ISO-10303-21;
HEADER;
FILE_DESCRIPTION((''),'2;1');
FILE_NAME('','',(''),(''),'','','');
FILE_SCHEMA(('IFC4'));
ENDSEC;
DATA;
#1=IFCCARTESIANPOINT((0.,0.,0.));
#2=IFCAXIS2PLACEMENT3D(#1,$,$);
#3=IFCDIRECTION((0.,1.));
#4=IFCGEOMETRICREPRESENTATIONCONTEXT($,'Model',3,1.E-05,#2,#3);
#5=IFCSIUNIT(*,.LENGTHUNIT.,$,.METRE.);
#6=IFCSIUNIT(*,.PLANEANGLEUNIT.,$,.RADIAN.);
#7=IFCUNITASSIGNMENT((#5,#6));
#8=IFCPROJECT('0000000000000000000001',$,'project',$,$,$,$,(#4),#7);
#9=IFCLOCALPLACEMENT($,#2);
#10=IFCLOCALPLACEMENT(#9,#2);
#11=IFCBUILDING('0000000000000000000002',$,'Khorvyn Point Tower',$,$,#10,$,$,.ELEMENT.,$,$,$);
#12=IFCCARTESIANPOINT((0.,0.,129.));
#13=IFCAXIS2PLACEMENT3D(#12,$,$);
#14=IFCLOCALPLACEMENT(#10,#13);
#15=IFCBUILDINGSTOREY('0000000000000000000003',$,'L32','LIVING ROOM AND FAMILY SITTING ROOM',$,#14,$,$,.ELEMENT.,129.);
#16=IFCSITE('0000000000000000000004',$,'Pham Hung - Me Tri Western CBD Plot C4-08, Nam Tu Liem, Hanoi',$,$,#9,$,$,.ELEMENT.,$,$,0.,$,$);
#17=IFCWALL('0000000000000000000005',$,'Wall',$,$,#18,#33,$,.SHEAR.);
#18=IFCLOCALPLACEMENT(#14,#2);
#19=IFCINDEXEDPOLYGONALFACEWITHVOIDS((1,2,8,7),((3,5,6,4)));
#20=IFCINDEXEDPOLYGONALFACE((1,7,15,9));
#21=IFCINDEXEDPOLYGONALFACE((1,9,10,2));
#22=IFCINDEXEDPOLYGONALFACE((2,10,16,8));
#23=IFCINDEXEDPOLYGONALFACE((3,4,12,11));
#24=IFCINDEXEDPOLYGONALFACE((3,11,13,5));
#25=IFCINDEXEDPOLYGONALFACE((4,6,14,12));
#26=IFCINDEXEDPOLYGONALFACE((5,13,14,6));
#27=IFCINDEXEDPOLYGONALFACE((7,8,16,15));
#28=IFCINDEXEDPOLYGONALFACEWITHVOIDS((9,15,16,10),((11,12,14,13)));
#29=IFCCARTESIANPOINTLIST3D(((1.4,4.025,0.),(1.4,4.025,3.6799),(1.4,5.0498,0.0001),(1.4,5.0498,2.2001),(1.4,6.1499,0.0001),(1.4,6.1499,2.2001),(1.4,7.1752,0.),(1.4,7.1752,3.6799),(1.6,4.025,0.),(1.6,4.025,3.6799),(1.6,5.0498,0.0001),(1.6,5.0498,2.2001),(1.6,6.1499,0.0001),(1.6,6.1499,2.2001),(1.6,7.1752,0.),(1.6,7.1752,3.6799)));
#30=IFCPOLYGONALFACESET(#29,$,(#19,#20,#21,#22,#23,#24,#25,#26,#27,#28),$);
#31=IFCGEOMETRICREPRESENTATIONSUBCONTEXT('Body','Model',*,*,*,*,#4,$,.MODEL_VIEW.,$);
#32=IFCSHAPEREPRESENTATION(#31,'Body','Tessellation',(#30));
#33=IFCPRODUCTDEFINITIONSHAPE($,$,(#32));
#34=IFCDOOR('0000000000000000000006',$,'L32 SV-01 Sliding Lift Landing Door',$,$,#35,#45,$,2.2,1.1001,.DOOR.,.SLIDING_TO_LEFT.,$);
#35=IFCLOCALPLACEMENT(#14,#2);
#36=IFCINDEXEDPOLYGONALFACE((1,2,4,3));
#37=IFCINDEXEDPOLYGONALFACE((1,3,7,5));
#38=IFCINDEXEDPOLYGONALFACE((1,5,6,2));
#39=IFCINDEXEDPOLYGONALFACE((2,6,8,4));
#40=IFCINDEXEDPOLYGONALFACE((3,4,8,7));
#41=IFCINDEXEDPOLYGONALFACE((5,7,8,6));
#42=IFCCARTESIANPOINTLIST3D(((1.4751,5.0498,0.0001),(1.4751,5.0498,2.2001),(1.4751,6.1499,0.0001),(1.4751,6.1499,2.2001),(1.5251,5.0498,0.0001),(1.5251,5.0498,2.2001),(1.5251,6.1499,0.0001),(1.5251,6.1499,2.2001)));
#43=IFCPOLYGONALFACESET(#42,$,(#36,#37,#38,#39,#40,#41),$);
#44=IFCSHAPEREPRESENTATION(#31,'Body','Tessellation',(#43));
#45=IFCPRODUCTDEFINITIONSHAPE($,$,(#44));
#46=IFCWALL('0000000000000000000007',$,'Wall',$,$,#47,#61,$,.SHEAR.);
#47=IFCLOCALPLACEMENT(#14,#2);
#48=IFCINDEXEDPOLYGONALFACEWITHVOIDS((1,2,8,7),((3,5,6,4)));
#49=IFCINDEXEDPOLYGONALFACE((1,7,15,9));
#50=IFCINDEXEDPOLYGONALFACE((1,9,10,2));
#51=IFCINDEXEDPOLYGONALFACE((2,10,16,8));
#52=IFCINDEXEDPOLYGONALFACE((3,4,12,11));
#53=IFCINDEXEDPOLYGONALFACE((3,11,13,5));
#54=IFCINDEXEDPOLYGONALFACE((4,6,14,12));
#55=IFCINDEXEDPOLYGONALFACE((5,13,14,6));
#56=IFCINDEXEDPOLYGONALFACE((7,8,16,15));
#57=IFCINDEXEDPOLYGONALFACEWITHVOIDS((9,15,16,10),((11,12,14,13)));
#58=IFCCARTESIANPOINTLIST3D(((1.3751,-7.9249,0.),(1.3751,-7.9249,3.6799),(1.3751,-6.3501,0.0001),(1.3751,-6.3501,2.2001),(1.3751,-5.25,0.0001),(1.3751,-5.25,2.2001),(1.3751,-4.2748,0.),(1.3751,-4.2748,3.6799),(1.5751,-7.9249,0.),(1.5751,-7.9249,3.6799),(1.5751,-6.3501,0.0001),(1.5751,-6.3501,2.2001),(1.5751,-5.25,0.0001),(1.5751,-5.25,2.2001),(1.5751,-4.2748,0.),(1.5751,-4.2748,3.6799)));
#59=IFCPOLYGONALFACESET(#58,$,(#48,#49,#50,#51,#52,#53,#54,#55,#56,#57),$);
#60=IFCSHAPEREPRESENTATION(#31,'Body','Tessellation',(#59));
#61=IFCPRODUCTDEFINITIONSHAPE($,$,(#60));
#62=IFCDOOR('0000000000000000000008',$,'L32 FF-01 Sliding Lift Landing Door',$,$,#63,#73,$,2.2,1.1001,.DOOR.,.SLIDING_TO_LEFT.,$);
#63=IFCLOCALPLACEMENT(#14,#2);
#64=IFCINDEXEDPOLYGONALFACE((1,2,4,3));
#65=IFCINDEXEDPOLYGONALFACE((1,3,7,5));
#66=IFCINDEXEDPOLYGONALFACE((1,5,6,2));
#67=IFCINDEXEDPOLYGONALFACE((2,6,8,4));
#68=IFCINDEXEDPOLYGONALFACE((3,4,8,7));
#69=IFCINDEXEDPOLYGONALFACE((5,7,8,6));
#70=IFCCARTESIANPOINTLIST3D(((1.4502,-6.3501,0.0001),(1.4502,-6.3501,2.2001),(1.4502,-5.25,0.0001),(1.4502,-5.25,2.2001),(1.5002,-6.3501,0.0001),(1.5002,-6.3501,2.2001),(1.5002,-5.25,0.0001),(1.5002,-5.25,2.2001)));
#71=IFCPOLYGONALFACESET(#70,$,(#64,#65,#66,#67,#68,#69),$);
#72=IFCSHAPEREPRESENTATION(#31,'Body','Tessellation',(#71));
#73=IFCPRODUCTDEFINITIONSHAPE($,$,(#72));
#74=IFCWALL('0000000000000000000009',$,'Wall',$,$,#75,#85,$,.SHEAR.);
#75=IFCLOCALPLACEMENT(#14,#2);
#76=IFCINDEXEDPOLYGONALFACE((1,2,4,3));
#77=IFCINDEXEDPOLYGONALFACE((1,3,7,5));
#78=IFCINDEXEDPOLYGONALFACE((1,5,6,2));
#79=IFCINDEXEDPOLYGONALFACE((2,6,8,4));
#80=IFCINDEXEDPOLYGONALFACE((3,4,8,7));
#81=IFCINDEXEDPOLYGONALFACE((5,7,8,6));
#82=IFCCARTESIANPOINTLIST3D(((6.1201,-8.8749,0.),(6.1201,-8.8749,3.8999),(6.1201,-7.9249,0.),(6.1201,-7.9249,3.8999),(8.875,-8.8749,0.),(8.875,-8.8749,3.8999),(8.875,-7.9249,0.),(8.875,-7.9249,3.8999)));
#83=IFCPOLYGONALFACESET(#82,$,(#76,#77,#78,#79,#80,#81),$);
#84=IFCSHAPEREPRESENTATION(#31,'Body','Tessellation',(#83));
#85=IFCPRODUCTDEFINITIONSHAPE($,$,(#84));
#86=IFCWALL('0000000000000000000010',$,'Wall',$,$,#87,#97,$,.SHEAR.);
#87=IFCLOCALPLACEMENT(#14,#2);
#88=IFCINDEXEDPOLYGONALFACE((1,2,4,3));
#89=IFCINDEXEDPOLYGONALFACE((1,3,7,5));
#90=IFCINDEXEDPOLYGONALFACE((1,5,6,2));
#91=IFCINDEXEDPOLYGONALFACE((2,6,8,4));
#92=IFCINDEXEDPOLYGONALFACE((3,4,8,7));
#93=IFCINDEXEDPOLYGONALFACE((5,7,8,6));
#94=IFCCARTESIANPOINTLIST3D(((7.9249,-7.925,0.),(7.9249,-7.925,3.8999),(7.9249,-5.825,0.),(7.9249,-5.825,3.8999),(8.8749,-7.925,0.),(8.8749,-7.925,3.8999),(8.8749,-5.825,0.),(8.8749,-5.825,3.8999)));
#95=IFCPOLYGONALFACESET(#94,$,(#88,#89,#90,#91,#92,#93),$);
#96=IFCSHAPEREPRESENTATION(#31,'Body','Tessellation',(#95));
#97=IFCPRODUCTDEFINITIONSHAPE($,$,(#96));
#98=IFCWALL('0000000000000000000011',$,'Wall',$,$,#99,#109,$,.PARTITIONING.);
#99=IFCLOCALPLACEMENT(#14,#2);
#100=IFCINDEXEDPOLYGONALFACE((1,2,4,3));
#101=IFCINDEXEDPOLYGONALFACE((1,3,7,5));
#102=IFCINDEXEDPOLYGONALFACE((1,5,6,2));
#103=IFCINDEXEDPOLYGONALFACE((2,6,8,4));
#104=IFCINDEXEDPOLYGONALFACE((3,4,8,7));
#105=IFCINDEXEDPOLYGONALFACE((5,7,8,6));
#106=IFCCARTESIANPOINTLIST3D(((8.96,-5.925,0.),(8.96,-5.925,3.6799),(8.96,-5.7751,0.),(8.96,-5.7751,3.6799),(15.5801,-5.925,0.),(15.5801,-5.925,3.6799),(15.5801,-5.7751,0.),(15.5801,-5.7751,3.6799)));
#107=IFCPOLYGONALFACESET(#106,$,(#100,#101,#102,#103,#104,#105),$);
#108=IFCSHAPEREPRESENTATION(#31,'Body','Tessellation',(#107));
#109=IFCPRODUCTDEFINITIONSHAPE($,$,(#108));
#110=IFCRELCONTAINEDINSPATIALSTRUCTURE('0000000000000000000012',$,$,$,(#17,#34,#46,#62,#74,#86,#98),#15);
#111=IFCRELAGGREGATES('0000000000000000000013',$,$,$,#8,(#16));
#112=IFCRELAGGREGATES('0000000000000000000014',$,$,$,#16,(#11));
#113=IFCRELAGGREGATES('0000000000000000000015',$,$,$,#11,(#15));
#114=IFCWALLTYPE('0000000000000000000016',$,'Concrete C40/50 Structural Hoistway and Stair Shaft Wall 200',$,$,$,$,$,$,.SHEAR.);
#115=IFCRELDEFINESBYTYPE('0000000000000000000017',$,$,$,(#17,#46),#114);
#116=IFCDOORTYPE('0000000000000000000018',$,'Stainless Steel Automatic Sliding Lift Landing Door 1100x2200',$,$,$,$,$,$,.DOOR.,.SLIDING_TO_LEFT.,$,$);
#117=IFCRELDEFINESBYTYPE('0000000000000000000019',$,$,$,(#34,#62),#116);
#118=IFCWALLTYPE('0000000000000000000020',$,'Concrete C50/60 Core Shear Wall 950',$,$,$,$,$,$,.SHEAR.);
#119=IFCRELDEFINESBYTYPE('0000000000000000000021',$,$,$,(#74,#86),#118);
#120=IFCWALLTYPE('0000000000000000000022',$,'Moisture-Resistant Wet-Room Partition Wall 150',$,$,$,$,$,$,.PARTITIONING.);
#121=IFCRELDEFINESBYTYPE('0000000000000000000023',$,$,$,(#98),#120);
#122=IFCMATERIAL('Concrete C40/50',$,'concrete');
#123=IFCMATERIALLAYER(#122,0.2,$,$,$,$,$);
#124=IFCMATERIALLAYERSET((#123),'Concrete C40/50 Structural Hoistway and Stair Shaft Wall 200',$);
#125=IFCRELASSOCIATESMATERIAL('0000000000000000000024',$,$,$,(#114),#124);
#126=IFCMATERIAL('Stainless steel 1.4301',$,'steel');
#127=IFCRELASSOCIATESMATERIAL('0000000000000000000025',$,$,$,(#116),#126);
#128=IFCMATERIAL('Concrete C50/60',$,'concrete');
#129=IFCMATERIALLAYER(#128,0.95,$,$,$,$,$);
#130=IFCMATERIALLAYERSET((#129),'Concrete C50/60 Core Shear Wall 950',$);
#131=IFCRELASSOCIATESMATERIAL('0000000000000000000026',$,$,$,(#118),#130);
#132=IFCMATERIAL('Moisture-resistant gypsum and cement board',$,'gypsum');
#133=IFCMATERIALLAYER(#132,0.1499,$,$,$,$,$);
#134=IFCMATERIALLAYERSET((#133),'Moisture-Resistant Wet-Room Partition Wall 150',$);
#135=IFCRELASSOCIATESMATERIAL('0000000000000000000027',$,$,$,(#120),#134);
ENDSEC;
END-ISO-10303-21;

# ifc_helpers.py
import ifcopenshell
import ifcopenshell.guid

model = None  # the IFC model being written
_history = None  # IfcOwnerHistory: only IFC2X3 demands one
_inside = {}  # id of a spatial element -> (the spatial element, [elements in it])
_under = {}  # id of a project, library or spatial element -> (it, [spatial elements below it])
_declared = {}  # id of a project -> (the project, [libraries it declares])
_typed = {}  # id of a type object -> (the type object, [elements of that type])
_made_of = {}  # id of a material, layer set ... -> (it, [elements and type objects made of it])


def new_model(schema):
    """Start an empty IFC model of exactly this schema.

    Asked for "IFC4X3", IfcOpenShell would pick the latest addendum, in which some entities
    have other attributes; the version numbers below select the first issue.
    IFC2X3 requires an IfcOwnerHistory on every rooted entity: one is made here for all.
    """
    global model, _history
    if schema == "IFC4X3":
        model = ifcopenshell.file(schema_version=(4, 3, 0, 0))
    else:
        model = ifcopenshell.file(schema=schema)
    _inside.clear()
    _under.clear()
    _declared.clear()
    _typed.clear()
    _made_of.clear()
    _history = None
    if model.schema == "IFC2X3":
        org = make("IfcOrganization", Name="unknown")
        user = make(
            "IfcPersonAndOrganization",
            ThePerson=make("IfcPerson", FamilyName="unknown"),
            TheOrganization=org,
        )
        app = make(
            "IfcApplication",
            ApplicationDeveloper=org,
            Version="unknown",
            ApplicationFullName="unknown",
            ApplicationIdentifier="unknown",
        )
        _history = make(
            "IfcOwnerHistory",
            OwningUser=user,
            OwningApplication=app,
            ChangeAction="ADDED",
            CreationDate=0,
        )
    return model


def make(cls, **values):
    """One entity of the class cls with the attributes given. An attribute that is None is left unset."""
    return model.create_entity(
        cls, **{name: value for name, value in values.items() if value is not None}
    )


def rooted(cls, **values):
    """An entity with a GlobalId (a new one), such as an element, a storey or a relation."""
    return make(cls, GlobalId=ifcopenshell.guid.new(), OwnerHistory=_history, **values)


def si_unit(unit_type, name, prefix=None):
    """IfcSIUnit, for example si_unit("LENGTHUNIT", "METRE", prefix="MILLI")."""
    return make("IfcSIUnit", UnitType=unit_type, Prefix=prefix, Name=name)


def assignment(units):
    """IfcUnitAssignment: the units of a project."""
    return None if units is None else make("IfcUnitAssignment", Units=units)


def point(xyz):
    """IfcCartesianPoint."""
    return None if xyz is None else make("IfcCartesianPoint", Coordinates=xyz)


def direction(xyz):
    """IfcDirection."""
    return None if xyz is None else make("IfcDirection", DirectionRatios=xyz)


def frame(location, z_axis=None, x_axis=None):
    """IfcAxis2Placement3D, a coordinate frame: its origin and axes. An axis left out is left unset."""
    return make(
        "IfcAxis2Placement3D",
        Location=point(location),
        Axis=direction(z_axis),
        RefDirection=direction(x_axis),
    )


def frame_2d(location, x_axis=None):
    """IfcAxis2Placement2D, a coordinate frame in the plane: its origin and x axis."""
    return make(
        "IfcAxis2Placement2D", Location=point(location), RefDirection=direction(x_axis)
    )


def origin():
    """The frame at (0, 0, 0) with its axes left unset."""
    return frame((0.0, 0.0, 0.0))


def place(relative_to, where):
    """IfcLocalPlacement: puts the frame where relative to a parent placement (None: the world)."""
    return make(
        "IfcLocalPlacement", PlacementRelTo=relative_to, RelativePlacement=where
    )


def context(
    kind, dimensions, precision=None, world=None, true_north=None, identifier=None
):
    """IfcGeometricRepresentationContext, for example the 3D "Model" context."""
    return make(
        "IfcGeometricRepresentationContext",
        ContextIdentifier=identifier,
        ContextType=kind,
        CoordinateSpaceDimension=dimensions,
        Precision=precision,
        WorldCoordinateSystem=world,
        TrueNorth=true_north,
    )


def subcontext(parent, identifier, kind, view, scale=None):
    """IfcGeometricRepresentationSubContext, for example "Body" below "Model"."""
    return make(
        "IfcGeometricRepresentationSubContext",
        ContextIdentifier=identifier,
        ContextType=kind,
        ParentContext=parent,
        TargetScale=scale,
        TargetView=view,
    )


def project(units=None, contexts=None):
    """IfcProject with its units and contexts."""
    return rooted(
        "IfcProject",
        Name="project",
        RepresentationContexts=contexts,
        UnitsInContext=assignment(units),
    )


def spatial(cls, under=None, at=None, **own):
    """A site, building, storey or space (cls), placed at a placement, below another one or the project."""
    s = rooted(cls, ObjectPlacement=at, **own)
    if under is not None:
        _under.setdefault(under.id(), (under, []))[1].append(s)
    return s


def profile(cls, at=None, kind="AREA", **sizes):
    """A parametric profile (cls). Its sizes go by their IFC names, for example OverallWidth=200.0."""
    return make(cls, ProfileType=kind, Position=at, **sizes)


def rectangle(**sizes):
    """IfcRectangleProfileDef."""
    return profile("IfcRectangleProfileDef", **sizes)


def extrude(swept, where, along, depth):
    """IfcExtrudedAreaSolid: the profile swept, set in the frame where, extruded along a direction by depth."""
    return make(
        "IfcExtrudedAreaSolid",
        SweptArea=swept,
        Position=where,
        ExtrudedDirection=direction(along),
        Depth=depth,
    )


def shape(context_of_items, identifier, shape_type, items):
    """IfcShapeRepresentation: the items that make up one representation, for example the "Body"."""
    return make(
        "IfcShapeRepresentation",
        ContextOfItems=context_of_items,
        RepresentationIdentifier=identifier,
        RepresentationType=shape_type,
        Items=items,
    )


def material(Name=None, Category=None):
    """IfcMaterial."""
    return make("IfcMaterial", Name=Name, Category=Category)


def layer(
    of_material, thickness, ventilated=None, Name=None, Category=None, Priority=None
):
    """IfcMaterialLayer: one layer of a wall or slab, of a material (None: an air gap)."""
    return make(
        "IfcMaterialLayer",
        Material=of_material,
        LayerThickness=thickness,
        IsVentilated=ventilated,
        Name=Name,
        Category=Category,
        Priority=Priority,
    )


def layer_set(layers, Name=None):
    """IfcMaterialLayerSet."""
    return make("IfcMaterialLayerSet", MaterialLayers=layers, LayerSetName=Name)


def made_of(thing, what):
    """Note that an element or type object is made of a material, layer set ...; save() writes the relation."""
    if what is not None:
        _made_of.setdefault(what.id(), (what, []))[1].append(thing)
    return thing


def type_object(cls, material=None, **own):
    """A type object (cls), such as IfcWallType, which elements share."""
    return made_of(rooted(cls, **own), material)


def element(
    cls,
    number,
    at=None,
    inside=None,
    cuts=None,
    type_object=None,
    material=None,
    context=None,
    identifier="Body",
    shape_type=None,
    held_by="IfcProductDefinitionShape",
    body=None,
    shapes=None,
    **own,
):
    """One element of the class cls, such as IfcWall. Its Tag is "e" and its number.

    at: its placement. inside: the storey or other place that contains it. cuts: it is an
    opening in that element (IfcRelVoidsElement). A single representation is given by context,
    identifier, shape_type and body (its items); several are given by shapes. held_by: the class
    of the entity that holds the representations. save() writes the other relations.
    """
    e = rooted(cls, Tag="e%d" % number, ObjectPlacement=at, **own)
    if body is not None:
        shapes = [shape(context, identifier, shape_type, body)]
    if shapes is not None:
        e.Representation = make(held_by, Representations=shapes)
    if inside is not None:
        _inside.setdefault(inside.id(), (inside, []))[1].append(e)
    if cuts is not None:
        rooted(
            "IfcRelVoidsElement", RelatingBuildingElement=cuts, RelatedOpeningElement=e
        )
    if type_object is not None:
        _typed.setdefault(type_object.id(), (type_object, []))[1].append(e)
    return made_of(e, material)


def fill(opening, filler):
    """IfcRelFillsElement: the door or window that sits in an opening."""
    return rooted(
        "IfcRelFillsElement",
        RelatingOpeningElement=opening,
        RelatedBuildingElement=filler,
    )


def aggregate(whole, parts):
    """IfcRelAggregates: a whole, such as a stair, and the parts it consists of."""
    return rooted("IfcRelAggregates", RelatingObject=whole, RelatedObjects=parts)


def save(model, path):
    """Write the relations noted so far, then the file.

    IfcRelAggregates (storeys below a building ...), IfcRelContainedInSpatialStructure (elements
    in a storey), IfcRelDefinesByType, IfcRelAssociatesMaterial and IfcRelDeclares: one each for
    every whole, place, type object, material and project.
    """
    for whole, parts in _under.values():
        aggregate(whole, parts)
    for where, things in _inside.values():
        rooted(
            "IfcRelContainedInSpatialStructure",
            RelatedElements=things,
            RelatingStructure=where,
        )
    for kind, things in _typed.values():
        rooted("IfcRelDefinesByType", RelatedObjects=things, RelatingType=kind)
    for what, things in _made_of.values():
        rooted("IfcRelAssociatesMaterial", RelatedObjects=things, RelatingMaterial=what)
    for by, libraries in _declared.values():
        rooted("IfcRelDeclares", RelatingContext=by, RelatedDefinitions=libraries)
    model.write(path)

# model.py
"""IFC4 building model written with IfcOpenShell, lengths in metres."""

from ifc_helpers import new_model, si_unit, direction, frame, frame_2d, origin, place, context, subcontext, project, spatial, rectangle, extrude, material, layer, layer_set, type_object, element, fill, save


model = new_model("IFC4")

# Units and contexts
model_context = context("Model", 3, precision=1e-05, world=origin(), true_north=direction((0.0, 1.0)))
body_context = subcontext(model_context, "Body", "Model", "MODEL_VIEW")
ifc_project = project(units=[si_unit("LENGTHUNIT", "METRE"), si_unit("PLANEANGLEUNIT", "RADIAN")], contexts=[model_context])

# Site, building, storey
site_placement = place(None, origin())
site = spatial("IfcSite", under=ifc_project, at=site_placement, Name="Pham Hung - Me Tri Western CBD Plot C4-08, Nam Tu Liem, Hanoi", CompositionType="ELEMENT", RefElevation=0.0)
building_placement = place(site_placement, origin())
building = spatial("IfcBuilding", under=site, at=building_placement, Name="Khorvyn Point Tower", CompositionType="ELEMENT")
storey_placement = place(building_placement, frame((0.0, 0.0, 129.0)))
storey = spatial("IfcBuildingStorey", under=building, at=storey_placement, Name="L32", Description="LIVING ROOM AND FAMILY SITTING ROOM", CompositionType="ELEMENT", Elevation=129.0)

# Shared definitions
ifc_material_1 = material(Name="Concrete C40/50", Category="concrete")

# Shared definitions
ifc_material_2 = material(Name="Concrete C50/60", Category="concrete")

# Walls, openings, doors
ifc_layer_1 = layer(ifc_material_1, 0.2)
ifc_layer_set_1 = layer_set([ifc_layer_1], Name="Concrete C40/50 Structural Hoistway and Stair Shaft Wall 200")
wall_type_1 = type_object("IfcWallType", Name="Concrete C40/50 Structural Hoistway and Stair Shaft Wall 200", PredefinedType="SHEAR", material=ifc_layer_set_1)
wall_1_placement = place(storey_placement, frame((1.5, 4.0249, 0.0), z_axis=(0.0, 0.0, 1.0), x_axis=(0.0, 1.0, 0.0)))
wall_1 = element("IfcWall", 1, at=wall_1_placement, inside=storey, type_object=wall_type_1, Name="Wall", PredefinedType="SHEAR", context=body_context, shape_type="SweptSolid", body=[
    extrude(rectangle(XDim=3.1501, YDim=0.2, at=frame_2d((1.5752, 0.0))), origin(), (0.0, 0.0, 1.0), 3.6799),
])
opening_1_placement = place(wall_1_placement, frame((1.0249, 0.0, 0.0)))
opening_1 = element("IfcOpeningElement", 2, at=opening_1_placement, cuts=wall_1, PredefinedType="OPENING", context=body_context, shape_type="SweptSolid", body=[
    extrude(rectangle(XDim=1.1001, YDim=2.2, at=frame_2d((0.55, 1.1001))), frame((0.0, 0.1099, 0.0), z_axis=(0.0, -1.0, 0.0), x_axis=(1.0, 0.0, 0.0)), (0.0, 0.0, 1.0), 0.22),
])
ifc_material_3 = material(Name="Stainless steel 1.4301", Category="steel")
door_type_1 = type_object("IfcDoorType", Name="Stainless Steel Automatic Sliding Lift Landing Door 1100x2200", OperationType="SLIDING_TO_LEFT", PredefinedType="DOOR", material=ifc_material_3)
door_1_placement = place(opening_1_placement, origin())
door_1 = element("IfcDoor", 3, at=door_1_placement, inside=storey, type_object=door_type_1, Name="L32 SV-01 Sliding Lift Landing Door", OperationType="SLIDING_TO_LEFT", OverallHeight=2.2, OverallWidth=1.1001, PredefinedType="DOOR", context=body_context, shape_type="SweptSolid", body=[
    extrude(rectangle(XDim=1.1001, YDim=2.2, at=frame_2d((0.55, 1.1001))), frame((0.0, 0.0249, 0.0), z_axis=(0.0, -1.0, 0.0), x_axis=(1.0, 0.0, 0.0)), (0.0, 0.0, 1.0), 0.05),
])
fill(opening_1, door_1)
wall_2_placement = place(storey_placement, frame((1.4751, -7.925, 0.0), z_axis=(0.0, 0.0, 1.0), x_axis=(0.0, 1.0, 0.0)))
wall_2 = element("IfcWall", 4, at=wall_2_placement, inside=storey, type_object=wall_type_1, Name="Wall", PredefinedType="SHEAR", context=body_context, shape_type="SweptSolid", body=[
    extrude(rectangle(XDim=3.6501, YDim=0.2, at=frame_2d((1.8252, 0.0))), origin(), (0.0, 0.0, 1.0), 3.6799),
])
opening_2_placement = place(wall_2_placement, frame((1.575, 0.0, 0.0)))
opening_2 = element("IfcOpeningElement", 5, at=opening_2_placement, cuts=wall_2, PredefinedType="OPENING", context=body_context, shape_type="SweptSolid", body=[
    extrude(rectangle(XDim=1.1001, YDim=2.2, at=frame_2d((0.55, 1.1001))), frame((0.0, 0.1099, 0.0), z_axis=(0.0, -1.0, 0.0), x_axis=(1.0, 0.0, 0.0)), (0.0, 0.0, 1.0), 0.22),
])
door_2_placement = place(opening_2_placement, origin())
door_2 = element("IfcDoor", 6, at=door_2_placement, inside=storey, type_object=door_type_1, Name="L32 FF-01 Sliding Lift Landing Door", OperationType="SLIDING_TO_LEFT", OverallHeight=2.2, OverallWidth=1.1001, PredefinedType="DOOR", context=body_context, shape_type="SweptSolid", body=[
    extrude(rectangle(XDim=1.1001, YDim=2.2, at=frame_2d((0.55, 1.1001))), frame((0.0, 0.0249, 0.0), z_axis=(0.0, -1.0, 0.0), x_axis=(1.0, 0.0, 0.0)), (0.0, 0.0, 1.0), 0.05),
])
fill(opening_2, door_2)

# Walls
ifc_layer_2 = layer(ifc_material_2, 0.95)
ifc_layer_set_2 = layer_set([ifc_layer_2], Name="Concrete C50/60 Core Shear Wall 950")
wall_type_2 = type_object("IfcWallType", Name="Concrete C50/60 Core Shear Wall 950", PredefinedType="SHEAR", material=ifc_layer_set_2)
wall_3_placement = place(storey_placement, frame((6.1201, -8.3999, 0.0), z_axis=(0.0, 0.0, 1.0), x_axis=(1.0, 0.0, 0.0)))
element("IfcWall", 7, at=wall_3_placement, inside=storey, type_object=wall_type_2, Name="Wall", PredefinedType="SHEAR", context=body_context, shape_type="SweptSolid", body=[
    extrude(rectangle(XDim=2.7549, YDim=0.95, at=frame_2d((1.3774, 0.0))), origin(), (0.0, 0.0, 1.0), 3.8999),
])
wall_4_placement = place(storey_placement, frame((8.3999, -7.925, 0.0), z_axis=(0.0, 0.0, 1.0), x_axis=(0.0, 1.0, 0.0)))
element("IfcWall", 8, at=wall_4_placement, inside=storey, type_object=wall_type_2, Name="Wall", PredefinedType="SHEAR", context=body_context, shape_type="SweptSolid", body=[
    extrude(rectangle(XDim=2.1001, YDim=0.95, at=frame_2d((1.05, 0.0))), origin(), (0.0, 0.0, 1.0), 3.8999),
])
ifc_material_4 = material(Name="Moisture-resistant gypsum and cement board", Category="gypsum")
ifc_layer_3 = layer(ifc_material_4, 0.1499)
ifc_layer_set_3 = layer_set([ifc_layer_3], Name="Moisture-Resistant Wet-Room Partition Wall 150")
wall_type_3 = type_object("IfcWallType", Name="Moisture-Resistant Wet-Room Partition Wall 150", PredefinedType="PARTITIONING", material=ifc_layer_set_3)
wall_5_placement = place(storey_placement, frame((8.96, -5.8501, 0.0), z_axis=(0.0, 0.0, 1.0), x_axis=(1.0, 0.0, 0.0)))
element("IfcWall", 9, at=wall_5_placement, inside=storey, type_object=wall_type_3, Name="Wall", PredefinedType="PARTITIONING", context=body_context, shape_type="SweptSolid", body=[
    extrude(rectangle(XDim=6.6201, YDim=0.1499, at=frame_2d((3.3101, 0.0))), origin(), (0.0, 0.0, 1.0), 3.6799),
])

save(model, "model.ifc")
